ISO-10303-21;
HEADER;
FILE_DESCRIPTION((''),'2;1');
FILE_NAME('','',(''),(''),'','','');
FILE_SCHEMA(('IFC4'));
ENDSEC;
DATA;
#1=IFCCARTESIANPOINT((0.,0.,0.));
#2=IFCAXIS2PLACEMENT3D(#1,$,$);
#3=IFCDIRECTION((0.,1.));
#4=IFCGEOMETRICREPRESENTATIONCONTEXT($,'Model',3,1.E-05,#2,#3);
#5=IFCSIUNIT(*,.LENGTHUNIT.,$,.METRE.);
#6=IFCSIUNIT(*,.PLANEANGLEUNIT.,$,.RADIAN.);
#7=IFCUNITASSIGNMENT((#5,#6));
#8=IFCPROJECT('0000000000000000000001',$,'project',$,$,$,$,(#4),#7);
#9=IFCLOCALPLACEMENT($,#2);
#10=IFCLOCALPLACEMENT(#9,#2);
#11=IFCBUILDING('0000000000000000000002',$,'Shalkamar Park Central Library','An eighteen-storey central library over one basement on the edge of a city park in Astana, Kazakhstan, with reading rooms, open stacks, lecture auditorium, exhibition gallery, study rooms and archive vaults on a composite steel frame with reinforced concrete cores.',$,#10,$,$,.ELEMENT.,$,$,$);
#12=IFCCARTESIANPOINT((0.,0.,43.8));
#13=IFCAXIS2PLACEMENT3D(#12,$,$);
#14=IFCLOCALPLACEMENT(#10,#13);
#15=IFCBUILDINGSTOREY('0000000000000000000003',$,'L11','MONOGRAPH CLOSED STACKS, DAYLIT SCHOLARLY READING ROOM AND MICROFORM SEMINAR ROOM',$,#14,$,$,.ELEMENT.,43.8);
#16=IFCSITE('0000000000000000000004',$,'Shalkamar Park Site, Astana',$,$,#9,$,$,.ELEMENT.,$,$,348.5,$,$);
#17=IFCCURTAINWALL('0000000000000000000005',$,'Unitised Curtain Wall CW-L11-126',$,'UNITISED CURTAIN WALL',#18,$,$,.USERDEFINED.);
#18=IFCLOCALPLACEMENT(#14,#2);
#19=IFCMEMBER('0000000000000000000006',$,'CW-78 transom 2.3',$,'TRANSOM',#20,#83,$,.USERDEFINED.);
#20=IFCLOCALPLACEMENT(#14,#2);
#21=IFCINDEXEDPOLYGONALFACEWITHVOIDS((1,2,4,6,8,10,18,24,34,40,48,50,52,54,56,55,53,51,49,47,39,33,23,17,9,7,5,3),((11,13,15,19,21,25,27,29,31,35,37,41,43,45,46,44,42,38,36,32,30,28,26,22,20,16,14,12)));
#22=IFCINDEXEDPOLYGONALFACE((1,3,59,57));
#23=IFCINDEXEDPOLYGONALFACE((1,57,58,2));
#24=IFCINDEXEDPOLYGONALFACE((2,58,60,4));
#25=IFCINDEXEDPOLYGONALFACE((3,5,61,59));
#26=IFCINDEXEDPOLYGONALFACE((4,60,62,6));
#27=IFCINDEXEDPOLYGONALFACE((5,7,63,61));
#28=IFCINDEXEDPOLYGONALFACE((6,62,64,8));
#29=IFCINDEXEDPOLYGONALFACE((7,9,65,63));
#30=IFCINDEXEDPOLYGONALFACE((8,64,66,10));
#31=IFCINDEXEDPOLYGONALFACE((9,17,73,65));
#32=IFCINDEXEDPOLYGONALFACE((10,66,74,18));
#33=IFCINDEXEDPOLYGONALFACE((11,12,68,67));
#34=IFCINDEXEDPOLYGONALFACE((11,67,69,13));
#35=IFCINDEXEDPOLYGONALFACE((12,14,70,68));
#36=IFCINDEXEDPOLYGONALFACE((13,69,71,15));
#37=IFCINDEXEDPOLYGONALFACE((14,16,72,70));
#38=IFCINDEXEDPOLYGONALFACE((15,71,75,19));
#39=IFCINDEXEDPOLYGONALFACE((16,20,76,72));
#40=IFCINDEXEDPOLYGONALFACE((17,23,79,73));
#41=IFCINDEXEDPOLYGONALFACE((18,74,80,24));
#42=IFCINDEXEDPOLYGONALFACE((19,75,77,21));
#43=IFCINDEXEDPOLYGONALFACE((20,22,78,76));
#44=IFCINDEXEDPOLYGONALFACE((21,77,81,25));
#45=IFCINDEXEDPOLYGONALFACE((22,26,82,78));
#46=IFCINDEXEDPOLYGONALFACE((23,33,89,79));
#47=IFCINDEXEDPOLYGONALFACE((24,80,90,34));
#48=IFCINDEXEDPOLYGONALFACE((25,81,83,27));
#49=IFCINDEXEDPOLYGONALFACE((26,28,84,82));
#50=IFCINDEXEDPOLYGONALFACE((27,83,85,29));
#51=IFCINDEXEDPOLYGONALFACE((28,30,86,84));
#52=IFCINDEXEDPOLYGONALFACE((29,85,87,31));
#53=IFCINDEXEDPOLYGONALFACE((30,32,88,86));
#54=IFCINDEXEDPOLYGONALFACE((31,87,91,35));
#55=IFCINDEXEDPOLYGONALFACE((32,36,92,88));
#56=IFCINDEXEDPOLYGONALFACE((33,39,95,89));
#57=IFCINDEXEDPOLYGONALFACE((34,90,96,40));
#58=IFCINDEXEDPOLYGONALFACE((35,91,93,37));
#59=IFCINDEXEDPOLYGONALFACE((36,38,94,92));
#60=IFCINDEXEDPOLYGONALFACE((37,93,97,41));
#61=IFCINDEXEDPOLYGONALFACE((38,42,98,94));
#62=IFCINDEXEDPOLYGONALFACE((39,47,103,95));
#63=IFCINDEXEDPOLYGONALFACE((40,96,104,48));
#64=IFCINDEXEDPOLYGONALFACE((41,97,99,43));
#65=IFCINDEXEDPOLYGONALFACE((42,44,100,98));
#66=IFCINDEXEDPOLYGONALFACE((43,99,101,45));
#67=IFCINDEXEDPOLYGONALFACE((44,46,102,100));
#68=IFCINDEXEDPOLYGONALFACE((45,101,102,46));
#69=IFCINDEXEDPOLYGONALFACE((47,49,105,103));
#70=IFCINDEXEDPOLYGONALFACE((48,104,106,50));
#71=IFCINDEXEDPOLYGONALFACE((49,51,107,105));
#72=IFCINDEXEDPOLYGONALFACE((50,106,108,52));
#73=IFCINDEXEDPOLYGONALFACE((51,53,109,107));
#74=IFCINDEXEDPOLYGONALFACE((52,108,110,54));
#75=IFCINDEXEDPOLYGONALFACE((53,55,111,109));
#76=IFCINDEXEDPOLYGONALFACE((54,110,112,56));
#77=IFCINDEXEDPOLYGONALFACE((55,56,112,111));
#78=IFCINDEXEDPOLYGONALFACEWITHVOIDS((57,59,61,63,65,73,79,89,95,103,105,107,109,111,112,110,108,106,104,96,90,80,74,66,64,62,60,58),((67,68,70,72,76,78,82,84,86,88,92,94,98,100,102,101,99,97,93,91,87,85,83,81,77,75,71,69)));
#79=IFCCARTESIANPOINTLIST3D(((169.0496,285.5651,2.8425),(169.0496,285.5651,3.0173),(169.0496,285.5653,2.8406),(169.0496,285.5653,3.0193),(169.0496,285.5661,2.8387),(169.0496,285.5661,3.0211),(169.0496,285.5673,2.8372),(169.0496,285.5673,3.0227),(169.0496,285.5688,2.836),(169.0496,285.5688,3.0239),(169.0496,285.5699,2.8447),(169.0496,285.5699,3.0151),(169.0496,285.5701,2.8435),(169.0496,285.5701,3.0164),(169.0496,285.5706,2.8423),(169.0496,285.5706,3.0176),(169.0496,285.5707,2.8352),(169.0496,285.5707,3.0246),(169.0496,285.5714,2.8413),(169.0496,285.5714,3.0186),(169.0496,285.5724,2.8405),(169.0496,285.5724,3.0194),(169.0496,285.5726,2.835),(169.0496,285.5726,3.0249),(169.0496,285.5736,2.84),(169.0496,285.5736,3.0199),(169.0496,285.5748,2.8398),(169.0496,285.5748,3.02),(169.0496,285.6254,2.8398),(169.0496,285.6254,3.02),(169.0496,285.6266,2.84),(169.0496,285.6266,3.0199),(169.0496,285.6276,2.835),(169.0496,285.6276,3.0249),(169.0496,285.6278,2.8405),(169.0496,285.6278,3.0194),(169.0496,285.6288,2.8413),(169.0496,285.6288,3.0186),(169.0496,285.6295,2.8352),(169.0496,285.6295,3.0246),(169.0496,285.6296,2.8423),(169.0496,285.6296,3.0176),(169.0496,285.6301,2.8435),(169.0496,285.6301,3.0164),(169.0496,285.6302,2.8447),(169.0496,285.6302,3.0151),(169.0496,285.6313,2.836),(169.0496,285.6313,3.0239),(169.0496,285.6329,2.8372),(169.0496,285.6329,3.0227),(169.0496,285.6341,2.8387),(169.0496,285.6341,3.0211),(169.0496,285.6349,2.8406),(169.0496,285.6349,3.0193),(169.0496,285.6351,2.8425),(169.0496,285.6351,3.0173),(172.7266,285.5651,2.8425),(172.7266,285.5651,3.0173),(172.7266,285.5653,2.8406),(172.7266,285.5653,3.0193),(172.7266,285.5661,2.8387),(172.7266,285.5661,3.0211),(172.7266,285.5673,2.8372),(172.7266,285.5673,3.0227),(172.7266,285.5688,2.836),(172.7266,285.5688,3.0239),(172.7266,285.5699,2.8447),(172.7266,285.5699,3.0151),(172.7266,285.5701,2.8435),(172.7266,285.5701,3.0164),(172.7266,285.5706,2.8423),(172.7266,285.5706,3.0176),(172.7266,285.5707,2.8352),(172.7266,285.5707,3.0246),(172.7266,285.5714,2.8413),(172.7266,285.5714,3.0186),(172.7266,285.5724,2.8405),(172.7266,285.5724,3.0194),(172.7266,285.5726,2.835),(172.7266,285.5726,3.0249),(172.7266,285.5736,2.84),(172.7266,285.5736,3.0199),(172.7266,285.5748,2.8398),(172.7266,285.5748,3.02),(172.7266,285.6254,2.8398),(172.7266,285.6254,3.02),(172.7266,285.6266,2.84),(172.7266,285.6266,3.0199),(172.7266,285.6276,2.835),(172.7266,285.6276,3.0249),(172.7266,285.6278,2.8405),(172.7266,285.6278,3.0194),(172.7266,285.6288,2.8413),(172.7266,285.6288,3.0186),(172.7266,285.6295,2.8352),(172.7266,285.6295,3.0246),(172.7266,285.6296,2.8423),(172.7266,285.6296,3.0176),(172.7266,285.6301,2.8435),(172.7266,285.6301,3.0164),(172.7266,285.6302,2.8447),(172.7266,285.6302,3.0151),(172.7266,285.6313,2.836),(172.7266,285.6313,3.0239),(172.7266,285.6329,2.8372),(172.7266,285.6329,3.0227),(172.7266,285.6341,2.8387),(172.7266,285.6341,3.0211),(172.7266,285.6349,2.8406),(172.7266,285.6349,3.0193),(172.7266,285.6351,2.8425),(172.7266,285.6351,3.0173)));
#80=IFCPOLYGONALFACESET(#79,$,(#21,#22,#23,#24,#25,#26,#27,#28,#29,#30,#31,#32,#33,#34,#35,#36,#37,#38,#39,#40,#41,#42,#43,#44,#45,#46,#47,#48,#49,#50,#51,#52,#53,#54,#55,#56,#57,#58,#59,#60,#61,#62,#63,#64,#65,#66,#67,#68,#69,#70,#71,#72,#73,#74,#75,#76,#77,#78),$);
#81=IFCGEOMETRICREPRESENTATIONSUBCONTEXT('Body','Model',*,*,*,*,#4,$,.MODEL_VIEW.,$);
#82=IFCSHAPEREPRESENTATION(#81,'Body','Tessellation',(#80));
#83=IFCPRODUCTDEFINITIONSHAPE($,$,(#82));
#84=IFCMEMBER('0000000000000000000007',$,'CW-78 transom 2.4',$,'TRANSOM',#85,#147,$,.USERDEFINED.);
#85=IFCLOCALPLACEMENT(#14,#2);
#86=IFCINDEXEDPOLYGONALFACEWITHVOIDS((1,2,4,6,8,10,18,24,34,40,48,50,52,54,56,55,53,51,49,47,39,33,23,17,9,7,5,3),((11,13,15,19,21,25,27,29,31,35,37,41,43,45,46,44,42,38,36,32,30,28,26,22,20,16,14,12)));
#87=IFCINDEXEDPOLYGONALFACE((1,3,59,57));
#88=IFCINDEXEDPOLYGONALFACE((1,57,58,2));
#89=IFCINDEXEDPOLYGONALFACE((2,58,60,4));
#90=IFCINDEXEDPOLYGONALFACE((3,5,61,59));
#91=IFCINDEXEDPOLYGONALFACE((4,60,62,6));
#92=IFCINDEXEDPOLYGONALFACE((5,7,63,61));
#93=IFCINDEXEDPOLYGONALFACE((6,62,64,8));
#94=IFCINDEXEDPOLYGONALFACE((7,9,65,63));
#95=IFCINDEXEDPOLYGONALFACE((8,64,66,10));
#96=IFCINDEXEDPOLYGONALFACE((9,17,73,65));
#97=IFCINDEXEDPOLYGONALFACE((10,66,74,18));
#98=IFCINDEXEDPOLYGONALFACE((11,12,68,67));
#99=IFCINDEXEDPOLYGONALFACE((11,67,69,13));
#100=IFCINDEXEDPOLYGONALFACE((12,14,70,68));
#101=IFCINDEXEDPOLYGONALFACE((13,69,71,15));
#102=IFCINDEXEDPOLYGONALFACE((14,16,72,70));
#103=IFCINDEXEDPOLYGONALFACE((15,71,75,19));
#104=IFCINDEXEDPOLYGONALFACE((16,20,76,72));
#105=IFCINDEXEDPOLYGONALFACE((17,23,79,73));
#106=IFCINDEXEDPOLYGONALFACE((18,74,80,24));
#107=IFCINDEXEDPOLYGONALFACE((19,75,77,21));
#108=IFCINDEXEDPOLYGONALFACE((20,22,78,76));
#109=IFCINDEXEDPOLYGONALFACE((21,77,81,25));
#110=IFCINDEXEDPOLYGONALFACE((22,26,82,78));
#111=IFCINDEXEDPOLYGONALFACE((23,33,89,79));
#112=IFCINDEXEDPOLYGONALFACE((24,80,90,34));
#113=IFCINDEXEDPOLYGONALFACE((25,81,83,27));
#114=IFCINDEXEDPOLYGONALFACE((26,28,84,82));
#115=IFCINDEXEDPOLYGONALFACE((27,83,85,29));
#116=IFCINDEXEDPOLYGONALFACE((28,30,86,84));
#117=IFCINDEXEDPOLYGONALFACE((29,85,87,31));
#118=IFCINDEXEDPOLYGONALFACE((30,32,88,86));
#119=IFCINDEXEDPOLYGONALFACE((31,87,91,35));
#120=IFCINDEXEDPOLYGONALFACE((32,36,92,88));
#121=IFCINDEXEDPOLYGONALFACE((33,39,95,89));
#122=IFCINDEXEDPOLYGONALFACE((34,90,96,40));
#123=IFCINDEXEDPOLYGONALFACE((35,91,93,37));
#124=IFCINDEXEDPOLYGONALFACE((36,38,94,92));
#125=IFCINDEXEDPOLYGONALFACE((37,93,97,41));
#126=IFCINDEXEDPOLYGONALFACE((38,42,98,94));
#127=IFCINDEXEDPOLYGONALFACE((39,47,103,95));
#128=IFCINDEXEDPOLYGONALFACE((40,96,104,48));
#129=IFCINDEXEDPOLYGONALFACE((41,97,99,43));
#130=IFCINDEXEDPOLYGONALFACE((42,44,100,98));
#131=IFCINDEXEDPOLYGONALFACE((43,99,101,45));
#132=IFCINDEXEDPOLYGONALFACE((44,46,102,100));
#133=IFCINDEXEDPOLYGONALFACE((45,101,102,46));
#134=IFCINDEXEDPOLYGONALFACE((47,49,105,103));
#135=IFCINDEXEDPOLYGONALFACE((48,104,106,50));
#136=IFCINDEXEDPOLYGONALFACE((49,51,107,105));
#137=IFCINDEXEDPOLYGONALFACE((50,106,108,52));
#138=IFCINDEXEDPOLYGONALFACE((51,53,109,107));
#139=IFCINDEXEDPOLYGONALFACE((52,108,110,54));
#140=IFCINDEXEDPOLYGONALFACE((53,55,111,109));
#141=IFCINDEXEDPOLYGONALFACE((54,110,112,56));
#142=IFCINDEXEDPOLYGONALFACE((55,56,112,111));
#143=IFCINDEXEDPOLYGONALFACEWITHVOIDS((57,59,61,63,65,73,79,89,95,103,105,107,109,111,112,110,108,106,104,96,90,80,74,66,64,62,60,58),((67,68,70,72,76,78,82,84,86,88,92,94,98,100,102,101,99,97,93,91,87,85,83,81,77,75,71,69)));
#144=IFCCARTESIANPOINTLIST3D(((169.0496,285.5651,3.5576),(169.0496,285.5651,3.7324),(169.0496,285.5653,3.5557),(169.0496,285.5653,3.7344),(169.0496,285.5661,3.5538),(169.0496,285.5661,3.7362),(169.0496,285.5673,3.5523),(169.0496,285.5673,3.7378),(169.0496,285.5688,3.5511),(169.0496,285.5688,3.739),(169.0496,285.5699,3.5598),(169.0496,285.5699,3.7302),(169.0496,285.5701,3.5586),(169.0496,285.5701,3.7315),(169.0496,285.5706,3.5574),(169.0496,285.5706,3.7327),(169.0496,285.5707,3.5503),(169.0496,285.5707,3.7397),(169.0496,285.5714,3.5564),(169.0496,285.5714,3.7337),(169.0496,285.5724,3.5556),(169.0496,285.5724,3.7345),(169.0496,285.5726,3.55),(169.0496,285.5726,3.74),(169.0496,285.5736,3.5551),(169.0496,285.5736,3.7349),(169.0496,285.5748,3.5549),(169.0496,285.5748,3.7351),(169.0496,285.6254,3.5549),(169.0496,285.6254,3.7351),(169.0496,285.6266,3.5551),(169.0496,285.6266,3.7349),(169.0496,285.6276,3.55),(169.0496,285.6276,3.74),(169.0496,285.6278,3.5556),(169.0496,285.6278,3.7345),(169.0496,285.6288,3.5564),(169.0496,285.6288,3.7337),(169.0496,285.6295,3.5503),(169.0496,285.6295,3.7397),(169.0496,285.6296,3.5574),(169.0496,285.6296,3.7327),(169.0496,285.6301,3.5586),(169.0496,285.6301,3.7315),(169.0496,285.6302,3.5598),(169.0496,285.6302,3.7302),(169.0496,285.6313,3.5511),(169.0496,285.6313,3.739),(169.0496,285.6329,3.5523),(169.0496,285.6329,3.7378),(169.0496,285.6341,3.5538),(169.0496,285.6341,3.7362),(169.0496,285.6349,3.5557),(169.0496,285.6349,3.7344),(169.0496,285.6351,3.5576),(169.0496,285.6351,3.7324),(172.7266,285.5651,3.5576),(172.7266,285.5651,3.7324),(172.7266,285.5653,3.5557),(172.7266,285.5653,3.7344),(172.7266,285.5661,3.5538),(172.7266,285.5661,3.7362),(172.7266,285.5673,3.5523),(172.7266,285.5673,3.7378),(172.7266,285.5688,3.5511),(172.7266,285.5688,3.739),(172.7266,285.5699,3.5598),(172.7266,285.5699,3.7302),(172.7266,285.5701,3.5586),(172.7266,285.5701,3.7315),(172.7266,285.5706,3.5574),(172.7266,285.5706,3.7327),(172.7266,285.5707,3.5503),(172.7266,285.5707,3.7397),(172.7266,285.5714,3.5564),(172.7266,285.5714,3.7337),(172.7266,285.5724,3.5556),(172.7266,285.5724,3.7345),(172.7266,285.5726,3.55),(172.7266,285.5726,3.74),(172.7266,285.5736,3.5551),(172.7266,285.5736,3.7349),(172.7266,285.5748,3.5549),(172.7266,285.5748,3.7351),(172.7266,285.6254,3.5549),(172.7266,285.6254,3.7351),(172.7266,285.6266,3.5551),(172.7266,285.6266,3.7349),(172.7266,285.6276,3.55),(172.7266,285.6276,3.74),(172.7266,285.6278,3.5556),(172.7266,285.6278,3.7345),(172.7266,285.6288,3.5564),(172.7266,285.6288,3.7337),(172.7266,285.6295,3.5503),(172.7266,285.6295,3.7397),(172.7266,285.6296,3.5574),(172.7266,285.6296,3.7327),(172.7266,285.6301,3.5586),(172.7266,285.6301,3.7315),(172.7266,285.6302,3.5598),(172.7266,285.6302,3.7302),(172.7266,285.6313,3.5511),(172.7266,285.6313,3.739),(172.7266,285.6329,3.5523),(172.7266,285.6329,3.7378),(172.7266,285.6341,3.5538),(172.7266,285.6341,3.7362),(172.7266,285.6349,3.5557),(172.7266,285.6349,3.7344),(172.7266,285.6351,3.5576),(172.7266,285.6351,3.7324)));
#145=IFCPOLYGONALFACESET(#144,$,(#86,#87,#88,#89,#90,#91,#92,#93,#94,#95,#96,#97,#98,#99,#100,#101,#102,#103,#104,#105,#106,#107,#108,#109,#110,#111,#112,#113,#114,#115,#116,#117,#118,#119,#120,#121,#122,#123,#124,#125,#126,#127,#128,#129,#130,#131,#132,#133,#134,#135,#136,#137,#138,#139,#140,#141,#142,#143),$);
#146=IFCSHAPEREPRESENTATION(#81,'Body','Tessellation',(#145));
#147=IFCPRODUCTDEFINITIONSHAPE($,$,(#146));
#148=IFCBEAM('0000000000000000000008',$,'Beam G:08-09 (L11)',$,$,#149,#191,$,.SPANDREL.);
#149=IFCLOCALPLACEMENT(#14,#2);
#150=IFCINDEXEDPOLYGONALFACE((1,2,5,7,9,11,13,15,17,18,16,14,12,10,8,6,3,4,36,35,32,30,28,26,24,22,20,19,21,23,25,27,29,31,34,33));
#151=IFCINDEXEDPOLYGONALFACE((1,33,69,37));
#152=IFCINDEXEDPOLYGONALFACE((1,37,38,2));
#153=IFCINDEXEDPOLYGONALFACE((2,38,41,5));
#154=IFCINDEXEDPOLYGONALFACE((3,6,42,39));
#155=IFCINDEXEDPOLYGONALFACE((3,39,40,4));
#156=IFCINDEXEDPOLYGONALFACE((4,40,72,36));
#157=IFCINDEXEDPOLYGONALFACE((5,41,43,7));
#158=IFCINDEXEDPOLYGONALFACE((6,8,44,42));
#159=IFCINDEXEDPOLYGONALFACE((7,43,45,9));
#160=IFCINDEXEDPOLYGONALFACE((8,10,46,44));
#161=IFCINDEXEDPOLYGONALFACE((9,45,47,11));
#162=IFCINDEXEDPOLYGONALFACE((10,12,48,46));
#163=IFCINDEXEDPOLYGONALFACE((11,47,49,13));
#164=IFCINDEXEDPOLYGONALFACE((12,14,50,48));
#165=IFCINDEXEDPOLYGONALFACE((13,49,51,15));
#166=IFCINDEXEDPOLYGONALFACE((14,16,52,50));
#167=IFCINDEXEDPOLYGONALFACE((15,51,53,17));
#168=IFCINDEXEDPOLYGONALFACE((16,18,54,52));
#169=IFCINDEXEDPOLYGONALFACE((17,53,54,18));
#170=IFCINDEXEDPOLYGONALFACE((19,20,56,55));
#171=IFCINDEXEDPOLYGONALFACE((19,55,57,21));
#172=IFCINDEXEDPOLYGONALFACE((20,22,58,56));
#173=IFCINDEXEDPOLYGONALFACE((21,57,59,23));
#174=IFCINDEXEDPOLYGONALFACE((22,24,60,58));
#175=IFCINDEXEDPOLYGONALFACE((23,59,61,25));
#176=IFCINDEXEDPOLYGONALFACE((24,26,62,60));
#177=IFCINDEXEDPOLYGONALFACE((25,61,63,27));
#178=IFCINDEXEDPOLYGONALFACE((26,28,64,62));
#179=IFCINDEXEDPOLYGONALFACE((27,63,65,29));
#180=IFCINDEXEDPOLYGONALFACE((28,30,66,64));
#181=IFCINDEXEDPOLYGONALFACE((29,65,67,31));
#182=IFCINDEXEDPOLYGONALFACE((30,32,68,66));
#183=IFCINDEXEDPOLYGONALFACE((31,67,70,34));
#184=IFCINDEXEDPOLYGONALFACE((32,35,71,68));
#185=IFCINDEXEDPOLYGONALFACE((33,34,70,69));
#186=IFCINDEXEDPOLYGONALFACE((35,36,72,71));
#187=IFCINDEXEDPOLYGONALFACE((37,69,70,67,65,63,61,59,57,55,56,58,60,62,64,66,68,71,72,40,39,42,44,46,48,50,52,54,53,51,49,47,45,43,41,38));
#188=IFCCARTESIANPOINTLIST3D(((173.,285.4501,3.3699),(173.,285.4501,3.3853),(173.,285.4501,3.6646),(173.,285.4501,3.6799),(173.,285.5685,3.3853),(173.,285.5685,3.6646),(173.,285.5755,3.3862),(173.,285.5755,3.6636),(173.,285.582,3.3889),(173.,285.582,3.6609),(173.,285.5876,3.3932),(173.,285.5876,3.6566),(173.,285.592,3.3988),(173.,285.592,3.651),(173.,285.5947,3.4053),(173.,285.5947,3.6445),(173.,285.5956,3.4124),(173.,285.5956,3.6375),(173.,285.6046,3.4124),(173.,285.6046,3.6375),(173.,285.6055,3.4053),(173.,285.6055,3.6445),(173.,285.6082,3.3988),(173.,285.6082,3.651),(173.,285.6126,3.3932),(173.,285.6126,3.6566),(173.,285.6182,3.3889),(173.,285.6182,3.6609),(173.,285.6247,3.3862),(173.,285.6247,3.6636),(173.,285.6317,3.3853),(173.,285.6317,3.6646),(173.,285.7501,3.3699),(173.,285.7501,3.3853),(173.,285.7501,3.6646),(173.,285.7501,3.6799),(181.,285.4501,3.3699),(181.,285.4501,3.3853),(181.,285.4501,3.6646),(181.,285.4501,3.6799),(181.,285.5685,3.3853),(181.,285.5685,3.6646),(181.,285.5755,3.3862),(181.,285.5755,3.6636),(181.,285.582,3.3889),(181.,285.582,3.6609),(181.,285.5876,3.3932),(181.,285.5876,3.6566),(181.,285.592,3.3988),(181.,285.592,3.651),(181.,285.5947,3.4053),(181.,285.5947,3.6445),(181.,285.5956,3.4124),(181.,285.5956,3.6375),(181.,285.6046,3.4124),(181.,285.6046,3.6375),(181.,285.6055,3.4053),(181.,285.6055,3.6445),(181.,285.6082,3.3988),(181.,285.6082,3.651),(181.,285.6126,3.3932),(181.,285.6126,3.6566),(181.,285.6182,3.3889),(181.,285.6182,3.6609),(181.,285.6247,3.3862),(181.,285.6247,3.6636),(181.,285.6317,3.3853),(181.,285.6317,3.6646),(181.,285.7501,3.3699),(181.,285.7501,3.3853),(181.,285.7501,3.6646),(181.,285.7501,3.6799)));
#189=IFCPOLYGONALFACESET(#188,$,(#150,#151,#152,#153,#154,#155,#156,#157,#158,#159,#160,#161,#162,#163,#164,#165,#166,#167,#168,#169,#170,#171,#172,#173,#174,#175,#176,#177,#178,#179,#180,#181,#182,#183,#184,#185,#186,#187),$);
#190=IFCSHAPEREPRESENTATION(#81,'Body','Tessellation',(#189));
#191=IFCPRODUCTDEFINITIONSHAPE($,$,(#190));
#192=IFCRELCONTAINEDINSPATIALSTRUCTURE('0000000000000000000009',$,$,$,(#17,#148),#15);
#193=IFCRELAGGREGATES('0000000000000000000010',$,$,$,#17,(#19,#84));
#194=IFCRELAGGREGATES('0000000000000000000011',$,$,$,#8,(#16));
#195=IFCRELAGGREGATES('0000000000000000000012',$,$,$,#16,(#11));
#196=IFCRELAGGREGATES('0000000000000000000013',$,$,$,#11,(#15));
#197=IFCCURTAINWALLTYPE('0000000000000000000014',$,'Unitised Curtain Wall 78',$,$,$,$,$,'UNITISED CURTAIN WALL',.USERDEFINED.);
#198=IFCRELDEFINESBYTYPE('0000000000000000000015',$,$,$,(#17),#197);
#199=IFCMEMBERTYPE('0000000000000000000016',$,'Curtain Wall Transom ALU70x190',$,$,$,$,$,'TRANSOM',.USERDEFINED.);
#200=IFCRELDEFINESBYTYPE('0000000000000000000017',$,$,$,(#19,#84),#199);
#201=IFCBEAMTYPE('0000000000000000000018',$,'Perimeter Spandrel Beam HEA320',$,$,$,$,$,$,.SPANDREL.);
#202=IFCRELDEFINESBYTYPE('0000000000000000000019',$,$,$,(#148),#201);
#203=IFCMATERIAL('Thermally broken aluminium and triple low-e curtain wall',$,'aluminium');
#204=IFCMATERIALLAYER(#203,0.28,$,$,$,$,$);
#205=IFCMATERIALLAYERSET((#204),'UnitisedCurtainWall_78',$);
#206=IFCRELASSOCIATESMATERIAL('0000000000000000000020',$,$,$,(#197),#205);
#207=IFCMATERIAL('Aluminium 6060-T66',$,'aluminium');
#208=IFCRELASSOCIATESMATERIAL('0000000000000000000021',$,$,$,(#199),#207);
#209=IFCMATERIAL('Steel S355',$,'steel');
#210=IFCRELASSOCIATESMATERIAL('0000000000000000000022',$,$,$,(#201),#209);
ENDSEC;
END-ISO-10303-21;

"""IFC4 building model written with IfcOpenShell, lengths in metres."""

from ifc_helpers import new_model, si_unit, direction, frame, origin, origin_2d, place, context, subcontext, project, spatial, hollow_rectangle, i_section, extrude, material, layer, layer_set, material_profile, profile_set, type_object, element, aggregate, save


model = new_model("IFC4")

# Units and contexts
model_context = context("Model", 3, precision=1e-05, world=origin(), true_north=direction((0.0, 1.0)))
body_context = subcontext(model_context, "Body", "Model", "MODEL_VIEW")
ifc_project = project(units=[si_unit("LENGTHUNIT", "METRE"), si_unit("PLANEANGLEUNIT", "RADIAN")], contexts=[model_context])

# Site, building, storey
site_placement = place(None, origin())
site = spatial("IfcSite", under=ifc_project, at=site_placement, Name="Shalkamar Park Site, Astana", CompositionType="ELEMENT", RefElevation=348.5)
building_placement = place(site_placement, origin())
building = spatial("IfcBuilding", under=site, at=building_placement, Name="Shalkamar Park Central Library", Description="An eighteen-storey central library over one basement on the edge of a city park in Astana, Kazakhstan, with reading rooms, open stacks, lecture auditorium, exhibition gallery, study rooms and archive vaults on a composite steel frame with reinforced concrete cores.", CompositionType="ELEMENT")
storey_placement = place(building_placement, frame((0.0, 0.0, 43.8)))
storey = spatial("IfcBuildingStorey", under=building, at=storey_placement, Name="L11", Description="MONOGRAPH CLOSED STACKS, DAYLIT SCHOLARLY READING ROOM AND MICROFORM SEMINAR ROOM", CompositionType="ELEMENT", Elevation=43.8)

# Shared definitions
ifc_material_1 = material(Name="Steel S355", Category="steel")

# Shared definitions
ifc_material_2 = material(Name="Thermally broken aluminium and triple low-e curtain wall", Category="aluminium")
ifc_material_3 = material(Name="Aluminium 6060-T66", Category="aluminium")

# Curtain wall
ifc_layer_1 = layer(ifc_material_2, 0.28)
ifc_layer_set_1 = layer_set([ifc_layer_1], Name="UnitisedCurtainWall_78")
curtain_wall_type_1 = type_object("IfcCurtainWallType", Name="Unitised Curtain Wall 78", ElementType="UNITISED CURTAIN WALL", PredefinedType="USERDEFINED", material=ifc_layer_set_1)
curtain_wall_1_placement = place(storey_placement, origin())
curtain_wall_1 = element("IfcCurtainWall", 1, at=curtain_wall_1_placement, inside=storey, type_object=curtain_wall_type_1, Name="Unitised Curtain Wall CW-L11-126", ObjectType="UNITISED CURTAIN WALL", PredefinedType="USERDEFINED")

# Members
ifc_material_profile_1 = material_profile(ifc_material_3, hollow_rectangle(XDim=0.0701, YDim=0.1899, WallThickness=0.0049, InnerFilletRadius=0.0049, OuterFilletRadius=0.0076, at=origin_2d()), Name="ALU 70x190x5")
ifc_profile_set_1 = profile_set([ifc_material_profile_1], Name="Aluminium 6060-T66")
member_type_1 = type_object("IfcMemberType", Name="Curtain Wall Transom ALU70x190", ElementType="TRANSOM", PredefinedType="USERDEFINED", material=ifc_profile_set_1)
member_1_placement = place(storey_placement, frame((169.0496, 285.6001, 2.9299), z_axis=(1.0, 0.0, 0.0), x_axis=(0.0, 1.0, 0.0)))
member_1 = element("IfcMember", 2, at=member_1_placement, type_object=member_type_1, Name="CW-78 transom 2.3", ObjectType="TRANSOM", PredefinedType="USERDEFINED", context=body_context, shape_type="SweptSolid", body=[
    extrude(hollow_rectangle(XDim=0.0701, YDim=0.1899, WallThickness=0.0049, InnerFilletRadius=0.0049, OuterFilletRadius=0.0076, at=origin_2d()), origin(), (0.0, 0.0, 1.0), 3.677),
])
member_2_placement = place(storey_placement, frame((169.0496, 285.6001, 3.645), z_axis=(1.0, 0.0, 0.0), x_axis=(0.0, 1.0, 0.0)))
member_2 = element("IfcMember", 3, at=member_2_placement, type_object=member_type_1, Name="CW-78 transom 2.4", ObjectType="TRANSOM", PredefinedType="USERDEFINED", context=body_context, shape_type="SweptSolid", body=[
    extrude(hollow_rectangle(XDim=0.0701, YDim=0.1899, WallThickness=0.0049, InnerFilletRadius=0.0049, OuterFilletRadius=0.0076, at=origin_2d()), origin(), (0.0, 0.0, 1.0), 3.677),
])

# Beam
ifc_material_profile_2 = material_profile(ifc_material_1, i_section(OverallWidth=0.3, OverallDepth=0.3101, WebThickness=0.009, FlangeThickness=0.0154, FilletRadius=0.0271, at=origin_2d()), Name="HEA 320")
ifc_profile_set_2 = profile_set([ifc_material_profile_2], Name="Steel S355")
beam_type_1 = type_object("IfcBeamType", Name="Perimeter Spandrel Beam HEA320", PredefinedType="SPANDREL", material=ifc_profile_set_2)
beam_1_placement = place(storey_placement, frame((173.0, 285.6001, 3.5249), z_axis=(1.0, 0.0, 0.0), x_axis=(0.0, 1.0, 0.0)))
element("IfcBeam", 4, at=beam_1_placement, inside=storey, type_object=beam_type_1, Name="Beam G:08-09 (L11)", PredefinedType="SPANDREL", context=body_context, shape_type="SweptSolid", body=[
    extrude(i_section(OverallWidth=0.3, OverallDepth=0.3101, WebThickness=0.009, FlangeThickness=0.0154, FilletRadius=0.0271, at=origin_2d()), origin(), (0.0, 0.0, 1.0), 8.0),
])

aggregate(curtain_wall_1, [member_1, member_2])

save(model, "model.ifc")
